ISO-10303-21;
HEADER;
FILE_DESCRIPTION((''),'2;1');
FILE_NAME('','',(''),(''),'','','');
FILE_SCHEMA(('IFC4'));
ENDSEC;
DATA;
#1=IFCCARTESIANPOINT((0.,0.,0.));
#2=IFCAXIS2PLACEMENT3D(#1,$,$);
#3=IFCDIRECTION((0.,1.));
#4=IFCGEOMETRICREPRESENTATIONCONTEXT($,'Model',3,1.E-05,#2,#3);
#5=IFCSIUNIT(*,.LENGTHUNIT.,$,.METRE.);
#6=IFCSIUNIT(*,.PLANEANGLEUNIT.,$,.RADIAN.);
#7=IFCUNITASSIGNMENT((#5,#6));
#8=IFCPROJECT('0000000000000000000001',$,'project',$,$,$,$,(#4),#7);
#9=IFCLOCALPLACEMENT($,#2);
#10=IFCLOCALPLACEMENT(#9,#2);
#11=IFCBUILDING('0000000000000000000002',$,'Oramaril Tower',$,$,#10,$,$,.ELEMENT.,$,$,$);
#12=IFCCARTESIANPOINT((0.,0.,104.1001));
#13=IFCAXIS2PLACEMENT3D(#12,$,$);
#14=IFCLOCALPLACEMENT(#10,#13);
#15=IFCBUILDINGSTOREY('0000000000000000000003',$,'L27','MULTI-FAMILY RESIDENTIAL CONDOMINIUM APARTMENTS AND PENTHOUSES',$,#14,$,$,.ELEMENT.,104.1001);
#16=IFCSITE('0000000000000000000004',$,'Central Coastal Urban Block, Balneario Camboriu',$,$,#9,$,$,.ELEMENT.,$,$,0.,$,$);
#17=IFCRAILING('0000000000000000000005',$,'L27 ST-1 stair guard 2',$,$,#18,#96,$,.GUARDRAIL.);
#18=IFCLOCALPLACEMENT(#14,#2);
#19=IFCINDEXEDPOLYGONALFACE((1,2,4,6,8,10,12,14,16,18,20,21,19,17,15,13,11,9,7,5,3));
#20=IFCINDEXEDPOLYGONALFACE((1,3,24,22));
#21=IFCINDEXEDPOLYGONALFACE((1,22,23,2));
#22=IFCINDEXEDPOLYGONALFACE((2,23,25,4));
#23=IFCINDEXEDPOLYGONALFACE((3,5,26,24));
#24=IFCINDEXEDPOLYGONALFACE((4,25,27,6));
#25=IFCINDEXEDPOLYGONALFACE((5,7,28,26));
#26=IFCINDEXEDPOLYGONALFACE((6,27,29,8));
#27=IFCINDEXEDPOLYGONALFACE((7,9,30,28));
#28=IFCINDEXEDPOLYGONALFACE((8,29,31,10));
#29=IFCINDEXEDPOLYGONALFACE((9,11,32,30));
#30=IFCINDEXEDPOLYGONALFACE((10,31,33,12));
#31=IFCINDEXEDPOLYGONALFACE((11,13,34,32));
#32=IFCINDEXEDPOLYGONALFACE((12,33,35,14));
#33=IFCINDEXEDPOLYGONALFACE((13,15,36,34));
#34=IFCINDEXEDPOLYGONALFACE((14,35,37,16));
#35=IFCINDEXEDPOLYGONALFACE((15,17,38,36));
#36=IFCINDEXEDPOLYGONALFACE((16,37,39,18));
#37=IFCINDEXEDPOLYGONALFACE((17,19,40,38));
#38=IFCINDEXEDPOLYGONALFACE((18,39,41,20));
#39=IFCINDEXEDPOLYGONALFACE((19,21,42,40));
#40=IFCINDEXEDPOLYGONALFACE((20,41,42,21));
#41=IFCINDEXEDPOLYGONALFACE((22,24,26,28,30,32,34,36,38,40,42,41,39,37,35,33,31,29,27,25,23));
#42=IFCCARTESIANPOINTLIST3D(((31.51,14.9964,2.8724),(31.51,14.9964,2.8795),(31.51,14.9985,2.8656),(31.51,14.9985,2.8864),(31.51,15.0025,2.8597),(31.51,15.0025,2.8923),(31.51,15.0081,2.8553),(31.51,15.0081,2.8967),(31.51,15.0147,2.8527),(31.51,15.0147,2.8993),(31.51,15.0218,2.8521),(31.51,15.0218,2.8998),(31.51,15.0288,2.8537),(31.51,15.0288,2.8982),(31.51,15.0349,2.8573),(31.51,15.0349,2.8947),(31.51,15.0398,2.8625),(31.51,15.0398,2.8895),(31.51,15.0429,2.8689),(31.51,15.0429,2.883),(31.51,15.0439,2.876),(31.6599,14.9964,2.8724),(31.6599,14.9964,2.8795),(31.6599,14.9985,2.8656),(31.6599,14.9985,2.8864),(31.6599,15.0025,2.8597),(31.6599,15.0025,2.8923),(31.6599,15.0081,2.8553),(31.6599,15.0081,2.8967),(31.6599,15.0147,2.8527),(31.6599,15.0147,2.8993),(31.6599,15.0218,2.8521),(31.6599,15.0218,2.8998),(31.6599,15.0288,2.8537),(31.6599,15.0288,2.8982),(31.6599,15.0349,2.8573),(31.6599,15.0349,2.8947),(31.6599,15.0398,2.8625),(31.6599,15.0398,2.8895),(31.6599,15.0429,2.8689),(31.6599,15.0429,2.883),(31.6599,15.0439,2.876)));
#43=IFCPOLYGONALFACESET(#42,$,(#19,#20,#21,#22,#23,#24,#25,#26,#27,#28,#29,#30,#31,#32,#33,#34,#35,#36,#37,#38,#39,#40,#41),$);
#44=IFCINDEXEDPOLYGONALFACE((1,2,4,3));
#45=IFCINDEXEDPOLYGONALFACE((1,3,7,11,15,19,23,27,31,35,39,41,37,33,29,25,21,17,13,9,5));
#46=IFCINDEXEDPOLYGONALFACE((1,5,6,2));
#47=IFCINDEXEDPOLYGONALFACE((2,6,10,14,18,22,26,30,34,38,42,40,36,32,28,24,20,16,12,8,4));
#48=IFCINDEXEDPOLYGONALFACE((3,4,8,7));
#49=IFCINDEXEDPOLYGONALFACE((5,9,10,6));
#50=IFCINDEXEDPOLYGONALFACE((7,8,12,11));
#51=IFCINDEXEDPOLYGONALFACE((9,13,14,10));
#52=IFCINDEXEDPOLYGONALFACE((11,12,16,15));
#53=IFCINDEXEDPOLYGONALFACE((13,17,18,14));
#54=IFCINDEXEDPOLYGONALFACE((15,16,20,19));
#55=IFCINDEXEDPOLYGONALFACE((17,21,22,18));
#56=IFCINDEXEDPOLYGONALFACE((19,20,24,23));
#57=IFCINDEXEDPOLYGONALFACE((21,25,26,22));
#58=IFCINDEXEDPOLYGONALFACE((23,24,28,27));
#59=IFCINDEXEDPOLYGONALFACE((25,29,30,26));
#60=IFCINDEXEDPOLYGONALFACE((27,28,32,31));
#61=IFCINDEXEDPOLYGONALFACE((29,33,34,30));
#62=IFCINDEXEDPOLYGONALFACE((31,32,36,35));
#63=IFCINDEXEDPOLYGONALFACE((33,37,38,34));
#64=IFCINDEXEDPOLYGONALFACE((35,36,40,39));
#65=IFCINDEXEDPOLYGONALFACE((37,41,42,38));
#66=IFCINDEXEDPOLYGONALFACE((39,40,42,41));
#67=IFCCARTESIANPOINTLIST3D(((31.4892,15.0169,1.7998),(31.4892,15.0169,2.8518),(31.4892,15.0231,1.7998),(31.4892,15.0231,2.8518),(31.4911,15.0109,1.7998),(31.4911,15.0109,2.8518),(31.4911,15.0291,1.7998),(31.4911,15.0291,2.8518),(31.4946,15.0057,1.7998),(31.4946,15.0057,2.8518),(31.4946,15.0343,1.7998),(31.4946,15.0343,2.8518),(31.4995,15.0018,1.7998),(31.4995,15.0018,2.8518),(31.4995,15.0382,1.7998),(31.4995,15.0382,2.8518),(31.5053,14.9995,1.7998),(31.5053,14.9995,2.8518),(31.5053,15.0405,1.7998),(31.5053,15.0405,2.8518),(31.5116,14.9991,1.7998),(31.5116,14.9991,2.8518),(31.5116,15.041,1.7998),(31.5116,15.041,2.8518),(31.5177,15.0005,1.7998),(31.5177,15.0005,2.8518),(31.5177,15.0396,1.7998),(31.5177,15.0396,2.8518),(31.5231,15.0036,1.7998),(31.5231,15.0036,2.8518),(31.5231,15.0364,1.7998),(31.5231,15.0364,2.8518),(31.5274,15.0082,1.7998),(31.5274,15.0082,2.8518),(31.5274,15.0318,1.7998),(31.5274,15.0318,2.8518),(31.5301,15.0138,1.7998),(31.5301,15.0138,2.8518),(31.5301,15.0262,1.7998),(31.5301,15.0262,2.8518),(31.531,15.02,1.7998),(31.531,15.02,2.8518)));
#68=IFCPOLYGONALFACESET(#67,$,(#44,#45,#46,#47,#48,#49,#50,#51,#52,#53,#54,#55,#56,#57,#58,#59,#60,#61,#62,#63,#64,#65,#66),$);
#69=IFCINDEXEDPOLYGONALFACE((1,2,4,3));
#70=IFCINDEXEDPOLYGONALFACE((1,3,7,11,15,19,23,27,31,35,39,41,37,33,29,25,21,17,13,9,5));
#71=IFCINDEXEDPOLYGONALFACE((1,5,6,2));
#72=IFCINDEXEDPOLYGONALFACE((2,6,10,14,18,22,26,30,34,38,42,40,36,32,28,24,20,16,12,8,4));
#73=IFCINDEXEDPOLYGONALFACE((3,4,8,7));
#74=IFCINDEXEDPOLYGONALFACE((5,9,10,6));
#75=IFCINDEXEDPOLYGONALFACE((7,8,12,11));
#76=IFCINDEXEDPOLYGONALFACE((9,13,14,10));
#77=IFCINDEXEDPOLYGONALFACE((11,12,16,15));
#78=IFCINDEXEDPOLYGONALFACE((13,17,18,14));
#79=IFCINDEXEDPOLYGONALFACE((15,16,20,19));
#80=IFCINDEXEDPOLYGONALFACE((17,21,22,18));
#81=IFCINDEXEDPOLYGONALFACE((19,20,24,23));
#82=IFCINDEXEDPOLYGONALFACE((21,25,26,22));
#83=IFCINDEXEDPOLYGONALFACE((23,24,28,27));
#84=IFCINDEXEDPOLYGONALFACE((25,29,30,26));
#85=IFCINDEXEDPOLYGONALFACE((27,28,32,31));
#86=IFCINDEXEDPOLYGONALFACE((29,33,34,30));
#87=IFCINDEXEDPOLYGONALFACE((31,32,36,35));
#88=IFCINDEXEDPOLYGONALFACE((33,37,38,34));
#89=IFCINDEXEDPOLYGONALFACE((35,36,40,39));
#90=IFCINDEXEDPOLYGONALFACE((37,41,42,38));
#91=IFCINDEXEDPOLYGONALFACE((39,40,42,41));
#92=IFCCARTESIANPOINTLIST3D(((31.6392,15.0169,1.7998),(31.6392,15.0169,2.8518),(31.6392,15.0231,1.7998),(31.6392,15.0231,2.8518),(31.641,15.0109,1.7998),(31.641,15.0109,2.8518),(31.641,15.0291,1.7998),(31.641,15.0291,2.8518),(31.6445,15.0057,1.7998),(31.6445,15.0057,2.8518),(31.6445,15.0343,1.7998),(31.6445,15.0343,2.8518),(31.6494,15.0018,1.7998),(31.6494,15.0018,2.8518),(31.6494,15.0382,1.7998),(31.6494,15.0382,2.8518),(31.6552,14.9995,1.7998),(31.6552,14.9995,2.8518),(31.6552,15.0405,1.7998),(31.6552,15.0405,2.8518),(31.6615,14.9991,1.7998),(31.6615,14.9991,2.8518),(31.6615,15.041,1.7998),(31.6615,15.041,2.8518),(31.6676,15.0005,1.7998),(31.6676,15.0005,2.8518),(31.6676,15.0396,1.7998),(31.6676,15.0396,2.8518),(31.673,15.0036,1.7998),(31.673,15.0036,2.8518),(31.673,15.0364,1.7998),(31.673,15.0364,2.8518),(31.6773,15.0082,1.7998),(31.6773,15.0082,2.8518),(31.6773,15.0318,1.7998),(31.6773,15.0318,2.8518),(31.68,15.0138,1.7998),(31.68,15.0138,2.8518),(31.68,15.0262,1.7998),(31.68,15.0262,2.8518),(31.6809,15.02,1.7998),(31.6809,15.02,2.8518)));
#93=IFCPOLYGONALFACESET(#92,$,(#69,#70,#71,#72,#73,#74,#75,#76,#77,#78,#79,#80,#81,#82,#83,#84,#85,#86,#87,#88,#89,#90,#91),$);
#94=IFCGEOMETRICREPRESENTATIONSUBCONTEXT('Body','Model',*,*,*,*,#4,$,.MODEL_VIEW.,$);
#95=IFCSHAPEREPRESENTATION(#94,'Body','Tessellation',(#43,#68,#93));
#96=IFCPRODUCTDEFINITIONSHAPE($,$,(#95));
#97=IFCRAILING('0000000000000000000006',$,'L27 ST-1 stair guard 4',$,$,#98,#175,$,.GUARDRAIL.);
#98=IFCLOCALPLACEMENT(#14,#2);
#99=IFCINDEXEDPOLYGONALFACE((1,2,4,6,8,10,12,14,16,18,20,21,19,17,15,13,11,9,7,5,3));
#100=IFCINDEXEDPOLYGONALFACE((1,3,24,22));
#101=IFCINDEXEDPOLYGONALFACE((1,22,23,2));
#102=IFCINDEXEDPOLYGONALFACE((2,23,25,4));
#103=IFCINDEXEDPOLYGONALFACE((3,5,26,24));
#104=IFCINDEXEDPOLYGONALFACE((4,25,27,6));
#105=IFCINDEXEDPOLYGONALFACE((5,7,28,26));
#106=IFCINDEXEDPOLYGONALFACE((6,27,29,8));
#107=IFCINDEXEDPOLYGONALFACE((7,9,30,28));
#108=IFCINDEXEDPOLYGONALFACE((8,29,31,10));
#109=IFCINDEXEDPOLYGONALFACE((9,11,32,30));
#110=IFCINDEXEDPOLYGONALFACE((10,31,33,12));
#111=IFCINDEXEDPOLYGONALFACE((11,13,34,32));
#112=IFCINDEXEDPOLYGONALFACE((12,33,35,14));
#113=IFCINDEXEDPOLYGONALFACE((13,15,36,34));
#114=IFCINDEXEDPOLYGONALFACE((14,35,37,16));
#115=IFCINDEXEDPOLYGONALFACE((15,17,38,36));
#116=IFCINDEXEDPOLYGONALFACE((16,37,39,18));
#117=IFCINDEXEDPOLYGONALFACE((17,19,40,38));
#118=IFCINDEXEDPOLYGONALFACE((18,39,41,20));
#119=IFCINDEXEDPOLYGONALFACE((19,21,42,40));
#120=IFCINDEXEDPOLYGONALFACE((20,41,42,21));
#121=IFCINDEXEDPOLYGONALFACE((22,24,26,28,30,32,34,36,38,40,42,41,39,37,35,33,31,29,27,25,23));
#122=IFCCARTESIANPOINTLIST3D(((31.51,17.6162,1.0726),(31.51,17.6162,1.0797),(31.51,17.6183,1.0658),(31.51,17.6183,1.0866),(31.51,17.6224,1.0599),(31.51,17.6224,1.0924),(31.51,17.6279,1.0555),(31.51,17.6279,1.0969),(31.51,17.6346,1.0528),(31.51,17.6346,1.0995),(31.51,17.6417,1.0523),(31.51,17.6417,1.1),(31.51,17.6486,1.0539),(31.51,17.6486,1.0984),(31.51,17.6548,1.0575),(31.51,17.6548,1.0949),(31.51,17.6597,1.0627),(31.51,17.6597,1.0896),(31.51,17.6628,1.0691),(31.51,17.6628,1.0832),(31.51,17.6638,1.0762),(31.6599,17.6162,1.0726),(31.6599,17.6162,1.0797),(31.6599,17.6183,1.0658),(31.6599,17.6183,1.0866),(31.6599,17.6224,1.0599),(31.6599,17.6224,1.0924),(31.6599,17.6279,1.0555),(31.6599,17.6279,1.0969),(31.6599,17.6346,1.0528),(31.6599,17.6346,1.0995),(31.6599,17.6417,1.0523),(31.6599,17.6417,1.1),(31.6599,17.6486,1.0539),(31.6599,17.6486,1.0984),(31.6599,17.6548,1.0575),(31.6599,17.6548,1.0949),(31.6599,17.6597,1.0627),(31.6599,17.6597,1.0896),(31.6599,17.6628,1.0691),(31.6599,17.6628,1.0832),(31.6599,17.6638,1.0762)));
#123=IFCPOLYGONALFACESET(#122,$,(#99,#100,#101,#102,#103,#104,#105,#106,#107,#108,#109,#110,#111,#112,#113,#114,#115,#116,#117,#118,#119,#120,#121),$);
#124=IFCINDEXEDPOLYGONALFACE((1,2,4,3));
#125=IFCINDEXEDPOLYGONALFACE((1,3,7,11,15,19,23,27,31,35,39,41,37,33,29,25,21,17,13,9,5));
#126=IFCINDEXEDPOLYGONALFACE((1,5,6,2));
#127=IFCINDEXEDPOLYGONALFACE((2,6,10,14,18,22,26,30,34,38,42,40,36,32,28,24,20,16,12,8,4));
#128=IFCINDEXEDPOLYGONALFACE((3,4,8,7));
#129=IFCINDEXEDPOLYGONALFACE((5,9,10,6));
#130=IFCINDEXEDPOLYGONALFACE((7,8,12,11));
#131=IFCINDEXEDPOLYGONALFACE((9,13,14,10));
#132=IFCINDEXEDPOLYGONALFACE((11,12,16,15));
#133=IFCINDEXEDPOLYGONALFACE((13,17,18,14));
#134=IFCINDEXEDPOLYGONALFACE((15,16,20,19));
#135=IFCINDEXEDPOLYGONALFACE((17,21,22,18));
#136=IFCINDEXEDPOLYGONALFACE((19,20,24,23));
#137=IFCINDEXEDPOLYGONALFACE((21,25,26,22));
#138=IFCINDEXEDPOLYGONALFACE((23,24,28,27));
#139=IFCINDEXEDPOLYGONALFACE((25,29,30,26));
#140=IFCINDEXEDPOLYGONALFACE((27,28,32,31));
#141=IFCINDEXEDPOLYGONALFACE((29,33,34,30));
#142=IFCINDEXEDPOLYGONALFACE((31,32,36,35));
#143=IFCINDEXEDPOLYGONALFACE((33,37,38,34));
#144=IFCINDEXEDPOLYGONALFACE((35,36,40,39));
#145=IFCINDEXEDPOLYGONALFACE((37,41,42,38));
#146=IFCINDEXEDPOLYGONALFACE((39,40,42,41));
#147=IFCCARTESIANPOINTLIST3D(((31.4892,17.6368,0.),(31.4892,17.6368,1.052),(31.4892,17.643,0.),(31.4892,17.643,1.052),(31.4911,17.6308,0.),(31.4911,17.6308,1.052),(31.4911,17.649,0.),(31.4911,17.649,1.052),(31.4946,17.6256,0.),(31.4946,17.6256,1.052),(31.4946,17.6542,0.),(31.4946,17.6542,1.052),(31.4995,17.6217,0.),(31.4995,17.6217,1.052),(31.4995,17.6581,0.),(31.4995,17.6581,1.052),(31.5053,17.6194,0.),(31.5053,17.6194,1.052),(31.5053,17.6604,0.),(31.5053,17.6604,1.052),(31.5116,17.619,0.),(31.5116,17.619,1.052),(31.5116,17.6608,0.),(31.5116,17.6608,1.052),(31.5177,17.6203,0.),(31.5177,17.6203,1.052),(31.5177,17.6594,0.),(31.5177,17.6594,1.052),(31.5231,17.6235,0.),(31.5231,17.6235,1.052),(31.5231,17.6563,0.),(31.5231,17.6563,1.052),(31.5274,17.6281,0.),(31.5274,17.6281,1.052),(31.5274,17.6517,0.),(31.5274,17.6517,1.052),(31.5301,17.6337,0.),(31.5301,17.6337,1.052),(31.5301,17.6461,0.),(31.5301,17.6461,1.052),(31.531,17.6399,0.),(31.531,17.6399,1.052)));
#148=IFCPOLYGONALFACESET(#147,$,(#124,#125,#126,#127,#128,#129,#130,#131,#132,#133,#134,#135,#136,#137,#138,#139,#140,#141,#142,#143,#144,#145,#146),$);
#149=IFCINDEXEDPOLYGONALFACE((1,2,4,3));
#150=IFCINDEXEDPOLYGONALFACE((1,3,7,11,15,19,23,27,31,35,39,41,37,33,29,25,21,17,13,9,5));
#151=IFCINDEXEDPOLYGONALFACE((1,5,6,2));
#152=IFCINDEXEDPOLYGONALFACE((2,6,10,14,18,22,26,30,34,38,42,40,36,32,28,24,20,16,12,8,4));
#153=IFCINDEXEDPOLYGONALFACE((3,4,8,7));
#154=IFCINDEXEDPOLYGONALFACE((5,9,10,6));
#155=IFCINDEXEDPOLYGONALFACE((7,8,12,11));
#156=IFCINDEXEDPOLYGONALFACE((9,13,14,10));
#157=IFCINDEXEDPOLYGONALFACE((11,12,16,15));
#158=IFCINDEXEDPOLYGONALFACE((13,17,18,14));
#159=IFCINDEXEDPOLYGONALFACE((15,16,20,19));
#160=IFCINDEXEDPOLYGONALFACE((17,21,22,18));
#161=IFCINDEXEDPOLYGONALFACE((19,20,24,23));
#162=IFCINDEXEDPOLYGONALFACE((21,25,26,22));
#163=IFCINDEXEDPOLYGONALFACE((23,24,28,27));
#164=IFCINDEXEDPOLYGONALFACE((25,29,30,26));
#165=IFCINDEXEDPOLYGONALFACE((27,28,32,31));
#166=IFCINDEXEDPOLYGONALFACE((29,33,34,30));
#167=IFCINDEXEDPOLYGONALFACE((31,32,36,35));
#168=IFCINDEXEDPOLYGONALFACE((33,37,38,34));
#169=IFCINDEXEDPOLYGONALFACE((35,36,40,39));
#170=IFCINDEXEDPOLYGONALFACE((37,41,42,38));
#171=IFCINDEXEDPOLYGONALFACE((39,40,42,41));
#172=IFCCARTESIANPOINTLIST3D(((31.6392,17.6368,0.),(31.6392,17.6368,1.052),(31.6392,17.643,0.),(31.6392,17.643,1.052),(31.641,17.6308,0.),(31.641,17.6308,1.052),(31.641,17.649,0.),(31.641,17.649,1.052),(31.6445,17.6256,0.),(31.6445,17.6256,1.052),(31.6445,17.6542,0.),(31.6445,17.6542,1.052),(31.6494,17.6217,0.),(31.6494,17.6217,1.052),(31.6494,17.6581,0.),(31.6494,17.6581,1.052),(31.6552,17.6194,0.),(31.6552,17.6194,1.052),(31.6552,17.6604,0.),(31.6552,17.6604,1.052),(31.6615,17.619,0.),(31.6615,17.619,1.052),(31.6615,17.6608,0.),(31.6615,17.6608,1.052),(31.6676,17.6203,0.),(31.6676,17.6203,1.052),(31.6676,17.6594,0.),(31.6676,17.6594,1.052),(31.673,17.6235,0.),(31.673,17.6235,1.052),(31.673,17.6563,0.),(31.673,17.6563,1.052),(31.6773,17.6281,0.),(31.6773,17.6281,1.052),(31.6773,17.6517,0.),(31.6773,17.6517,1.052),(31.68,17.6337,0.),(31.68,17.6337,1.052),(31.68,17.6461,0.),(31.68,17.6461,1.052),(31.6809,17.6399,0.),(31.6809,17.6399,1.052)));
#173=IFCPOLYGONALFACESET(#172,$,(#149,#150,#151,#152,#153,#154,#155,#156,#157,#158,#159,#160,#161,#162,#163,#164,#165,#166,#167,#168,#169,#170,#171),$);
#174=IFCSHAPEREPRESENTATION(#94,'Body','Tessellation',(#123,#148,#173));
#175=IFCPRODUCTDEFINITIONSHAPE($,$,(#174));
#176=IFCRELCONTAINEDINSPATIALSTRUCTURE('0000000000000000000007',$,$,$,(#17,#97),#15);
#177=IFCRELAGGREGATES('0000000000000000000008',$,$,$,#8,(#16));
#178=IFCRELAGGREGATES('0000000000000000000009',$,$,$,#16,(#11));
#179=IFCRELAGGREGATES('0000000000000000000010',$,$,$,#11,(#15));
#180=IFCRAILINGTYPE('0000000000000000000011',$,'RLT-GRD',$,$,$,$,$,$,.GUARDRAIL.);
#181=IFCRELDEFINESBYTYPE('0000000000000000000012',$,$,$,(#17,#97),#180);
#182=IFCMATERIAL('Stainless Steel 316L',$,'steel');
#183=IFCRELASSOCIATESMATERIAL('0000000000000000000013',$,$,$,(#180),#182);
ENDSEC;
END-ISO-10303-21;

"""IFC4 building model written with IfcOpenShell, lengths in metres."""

from ifc_helpers import new_model, si_unit, direction, frame, origin, origin_2d, place, context, subcontext, project, spatial, circle, extrude, material, type_object, element, save


model = new_model("IFC4")

# Units and contexts
model_context = context("Model", 3, precision=1e-05, world=origin(), true_north=direction((0.0, 1.0)))
body_context = subcontext(model_context, "Body", "Model", "MODEL_VIEW")
ifc_project = project(units=[si_unit("LENGTHUNIT", "METRE"), si_unit("PLANEANGLEUNIT", "RADIAN")], contexts=[model_context])

# Site, building, storey
site_placement = place(None, origin())
site = spatial("IfcSite", under=ifc_project, at=site_placement, Name="Central Coastal Urban Block, Balneario Camboriu", CompositionType="ELEMENT", RefElevation=0.0)
building_placement = place(site_placement, origin())
building = spatial("IfcBuilding", under=site, at=building_placement, Name="Oramaril Tower", CompositionType="ELEMENT")
storey_placement = place(building_placement, frame((0.0, 0.0, 104.1001)))
storey = spatial("IfcBuildingStorey", under=building, at=storey_placement, Name="L27", Description="MULTI-FAMILY RESIDENTIAL CONDOMINIUM APARTMENTS AND PENTHOUSES", CompositionType="ELEMENT", Elevation=104.1001)

# Railings
ifc_material_1 = material(Name="Stainless Steel 316L", Category="steel")
railing_type_1 = type_object("IfcRailingType", Name="RLT-GRD", PredefinedType="GUARDRAIL", material=ifc_material_1)
for number, where, name in (
    (1, (31.51, 15.02, 1.7998), "L27 ST-1 stair guard 2"),
    (2, (31.51, 17.6399, 0.0), "L27 ST-1 stair guard 4"),
):
    element("IfcRailing", number, at=place(storey_placement, frame(where)), inside=storey, type_object=railing_type_1, Name=name, PredefinedType="GUARDRAIL", context=body_context, shape_type="SweptSolid", body=[
        extrude(circle(Radius=0.0239, at=origin_2d()), frame((0.0, 0.0, 1.0762), z_axis=(1.0, 0.0, 0.0), x_axis=(0.0, 1.0, 0.0)), (0.0, 0.0, 1.0), 0.1499),
        extrude(circle(Radius=0.021, at=origin_2d()), origin(), (0.0, 0.0, 1.0), 1.052),
        extrude(circle(Radius=0.021, at=origin_2d()), frame((0.1499, 0.0, 0.0)), (0.0, 0.0, 1.0), 1.052),
    ])

save(model, "model.ifc")
